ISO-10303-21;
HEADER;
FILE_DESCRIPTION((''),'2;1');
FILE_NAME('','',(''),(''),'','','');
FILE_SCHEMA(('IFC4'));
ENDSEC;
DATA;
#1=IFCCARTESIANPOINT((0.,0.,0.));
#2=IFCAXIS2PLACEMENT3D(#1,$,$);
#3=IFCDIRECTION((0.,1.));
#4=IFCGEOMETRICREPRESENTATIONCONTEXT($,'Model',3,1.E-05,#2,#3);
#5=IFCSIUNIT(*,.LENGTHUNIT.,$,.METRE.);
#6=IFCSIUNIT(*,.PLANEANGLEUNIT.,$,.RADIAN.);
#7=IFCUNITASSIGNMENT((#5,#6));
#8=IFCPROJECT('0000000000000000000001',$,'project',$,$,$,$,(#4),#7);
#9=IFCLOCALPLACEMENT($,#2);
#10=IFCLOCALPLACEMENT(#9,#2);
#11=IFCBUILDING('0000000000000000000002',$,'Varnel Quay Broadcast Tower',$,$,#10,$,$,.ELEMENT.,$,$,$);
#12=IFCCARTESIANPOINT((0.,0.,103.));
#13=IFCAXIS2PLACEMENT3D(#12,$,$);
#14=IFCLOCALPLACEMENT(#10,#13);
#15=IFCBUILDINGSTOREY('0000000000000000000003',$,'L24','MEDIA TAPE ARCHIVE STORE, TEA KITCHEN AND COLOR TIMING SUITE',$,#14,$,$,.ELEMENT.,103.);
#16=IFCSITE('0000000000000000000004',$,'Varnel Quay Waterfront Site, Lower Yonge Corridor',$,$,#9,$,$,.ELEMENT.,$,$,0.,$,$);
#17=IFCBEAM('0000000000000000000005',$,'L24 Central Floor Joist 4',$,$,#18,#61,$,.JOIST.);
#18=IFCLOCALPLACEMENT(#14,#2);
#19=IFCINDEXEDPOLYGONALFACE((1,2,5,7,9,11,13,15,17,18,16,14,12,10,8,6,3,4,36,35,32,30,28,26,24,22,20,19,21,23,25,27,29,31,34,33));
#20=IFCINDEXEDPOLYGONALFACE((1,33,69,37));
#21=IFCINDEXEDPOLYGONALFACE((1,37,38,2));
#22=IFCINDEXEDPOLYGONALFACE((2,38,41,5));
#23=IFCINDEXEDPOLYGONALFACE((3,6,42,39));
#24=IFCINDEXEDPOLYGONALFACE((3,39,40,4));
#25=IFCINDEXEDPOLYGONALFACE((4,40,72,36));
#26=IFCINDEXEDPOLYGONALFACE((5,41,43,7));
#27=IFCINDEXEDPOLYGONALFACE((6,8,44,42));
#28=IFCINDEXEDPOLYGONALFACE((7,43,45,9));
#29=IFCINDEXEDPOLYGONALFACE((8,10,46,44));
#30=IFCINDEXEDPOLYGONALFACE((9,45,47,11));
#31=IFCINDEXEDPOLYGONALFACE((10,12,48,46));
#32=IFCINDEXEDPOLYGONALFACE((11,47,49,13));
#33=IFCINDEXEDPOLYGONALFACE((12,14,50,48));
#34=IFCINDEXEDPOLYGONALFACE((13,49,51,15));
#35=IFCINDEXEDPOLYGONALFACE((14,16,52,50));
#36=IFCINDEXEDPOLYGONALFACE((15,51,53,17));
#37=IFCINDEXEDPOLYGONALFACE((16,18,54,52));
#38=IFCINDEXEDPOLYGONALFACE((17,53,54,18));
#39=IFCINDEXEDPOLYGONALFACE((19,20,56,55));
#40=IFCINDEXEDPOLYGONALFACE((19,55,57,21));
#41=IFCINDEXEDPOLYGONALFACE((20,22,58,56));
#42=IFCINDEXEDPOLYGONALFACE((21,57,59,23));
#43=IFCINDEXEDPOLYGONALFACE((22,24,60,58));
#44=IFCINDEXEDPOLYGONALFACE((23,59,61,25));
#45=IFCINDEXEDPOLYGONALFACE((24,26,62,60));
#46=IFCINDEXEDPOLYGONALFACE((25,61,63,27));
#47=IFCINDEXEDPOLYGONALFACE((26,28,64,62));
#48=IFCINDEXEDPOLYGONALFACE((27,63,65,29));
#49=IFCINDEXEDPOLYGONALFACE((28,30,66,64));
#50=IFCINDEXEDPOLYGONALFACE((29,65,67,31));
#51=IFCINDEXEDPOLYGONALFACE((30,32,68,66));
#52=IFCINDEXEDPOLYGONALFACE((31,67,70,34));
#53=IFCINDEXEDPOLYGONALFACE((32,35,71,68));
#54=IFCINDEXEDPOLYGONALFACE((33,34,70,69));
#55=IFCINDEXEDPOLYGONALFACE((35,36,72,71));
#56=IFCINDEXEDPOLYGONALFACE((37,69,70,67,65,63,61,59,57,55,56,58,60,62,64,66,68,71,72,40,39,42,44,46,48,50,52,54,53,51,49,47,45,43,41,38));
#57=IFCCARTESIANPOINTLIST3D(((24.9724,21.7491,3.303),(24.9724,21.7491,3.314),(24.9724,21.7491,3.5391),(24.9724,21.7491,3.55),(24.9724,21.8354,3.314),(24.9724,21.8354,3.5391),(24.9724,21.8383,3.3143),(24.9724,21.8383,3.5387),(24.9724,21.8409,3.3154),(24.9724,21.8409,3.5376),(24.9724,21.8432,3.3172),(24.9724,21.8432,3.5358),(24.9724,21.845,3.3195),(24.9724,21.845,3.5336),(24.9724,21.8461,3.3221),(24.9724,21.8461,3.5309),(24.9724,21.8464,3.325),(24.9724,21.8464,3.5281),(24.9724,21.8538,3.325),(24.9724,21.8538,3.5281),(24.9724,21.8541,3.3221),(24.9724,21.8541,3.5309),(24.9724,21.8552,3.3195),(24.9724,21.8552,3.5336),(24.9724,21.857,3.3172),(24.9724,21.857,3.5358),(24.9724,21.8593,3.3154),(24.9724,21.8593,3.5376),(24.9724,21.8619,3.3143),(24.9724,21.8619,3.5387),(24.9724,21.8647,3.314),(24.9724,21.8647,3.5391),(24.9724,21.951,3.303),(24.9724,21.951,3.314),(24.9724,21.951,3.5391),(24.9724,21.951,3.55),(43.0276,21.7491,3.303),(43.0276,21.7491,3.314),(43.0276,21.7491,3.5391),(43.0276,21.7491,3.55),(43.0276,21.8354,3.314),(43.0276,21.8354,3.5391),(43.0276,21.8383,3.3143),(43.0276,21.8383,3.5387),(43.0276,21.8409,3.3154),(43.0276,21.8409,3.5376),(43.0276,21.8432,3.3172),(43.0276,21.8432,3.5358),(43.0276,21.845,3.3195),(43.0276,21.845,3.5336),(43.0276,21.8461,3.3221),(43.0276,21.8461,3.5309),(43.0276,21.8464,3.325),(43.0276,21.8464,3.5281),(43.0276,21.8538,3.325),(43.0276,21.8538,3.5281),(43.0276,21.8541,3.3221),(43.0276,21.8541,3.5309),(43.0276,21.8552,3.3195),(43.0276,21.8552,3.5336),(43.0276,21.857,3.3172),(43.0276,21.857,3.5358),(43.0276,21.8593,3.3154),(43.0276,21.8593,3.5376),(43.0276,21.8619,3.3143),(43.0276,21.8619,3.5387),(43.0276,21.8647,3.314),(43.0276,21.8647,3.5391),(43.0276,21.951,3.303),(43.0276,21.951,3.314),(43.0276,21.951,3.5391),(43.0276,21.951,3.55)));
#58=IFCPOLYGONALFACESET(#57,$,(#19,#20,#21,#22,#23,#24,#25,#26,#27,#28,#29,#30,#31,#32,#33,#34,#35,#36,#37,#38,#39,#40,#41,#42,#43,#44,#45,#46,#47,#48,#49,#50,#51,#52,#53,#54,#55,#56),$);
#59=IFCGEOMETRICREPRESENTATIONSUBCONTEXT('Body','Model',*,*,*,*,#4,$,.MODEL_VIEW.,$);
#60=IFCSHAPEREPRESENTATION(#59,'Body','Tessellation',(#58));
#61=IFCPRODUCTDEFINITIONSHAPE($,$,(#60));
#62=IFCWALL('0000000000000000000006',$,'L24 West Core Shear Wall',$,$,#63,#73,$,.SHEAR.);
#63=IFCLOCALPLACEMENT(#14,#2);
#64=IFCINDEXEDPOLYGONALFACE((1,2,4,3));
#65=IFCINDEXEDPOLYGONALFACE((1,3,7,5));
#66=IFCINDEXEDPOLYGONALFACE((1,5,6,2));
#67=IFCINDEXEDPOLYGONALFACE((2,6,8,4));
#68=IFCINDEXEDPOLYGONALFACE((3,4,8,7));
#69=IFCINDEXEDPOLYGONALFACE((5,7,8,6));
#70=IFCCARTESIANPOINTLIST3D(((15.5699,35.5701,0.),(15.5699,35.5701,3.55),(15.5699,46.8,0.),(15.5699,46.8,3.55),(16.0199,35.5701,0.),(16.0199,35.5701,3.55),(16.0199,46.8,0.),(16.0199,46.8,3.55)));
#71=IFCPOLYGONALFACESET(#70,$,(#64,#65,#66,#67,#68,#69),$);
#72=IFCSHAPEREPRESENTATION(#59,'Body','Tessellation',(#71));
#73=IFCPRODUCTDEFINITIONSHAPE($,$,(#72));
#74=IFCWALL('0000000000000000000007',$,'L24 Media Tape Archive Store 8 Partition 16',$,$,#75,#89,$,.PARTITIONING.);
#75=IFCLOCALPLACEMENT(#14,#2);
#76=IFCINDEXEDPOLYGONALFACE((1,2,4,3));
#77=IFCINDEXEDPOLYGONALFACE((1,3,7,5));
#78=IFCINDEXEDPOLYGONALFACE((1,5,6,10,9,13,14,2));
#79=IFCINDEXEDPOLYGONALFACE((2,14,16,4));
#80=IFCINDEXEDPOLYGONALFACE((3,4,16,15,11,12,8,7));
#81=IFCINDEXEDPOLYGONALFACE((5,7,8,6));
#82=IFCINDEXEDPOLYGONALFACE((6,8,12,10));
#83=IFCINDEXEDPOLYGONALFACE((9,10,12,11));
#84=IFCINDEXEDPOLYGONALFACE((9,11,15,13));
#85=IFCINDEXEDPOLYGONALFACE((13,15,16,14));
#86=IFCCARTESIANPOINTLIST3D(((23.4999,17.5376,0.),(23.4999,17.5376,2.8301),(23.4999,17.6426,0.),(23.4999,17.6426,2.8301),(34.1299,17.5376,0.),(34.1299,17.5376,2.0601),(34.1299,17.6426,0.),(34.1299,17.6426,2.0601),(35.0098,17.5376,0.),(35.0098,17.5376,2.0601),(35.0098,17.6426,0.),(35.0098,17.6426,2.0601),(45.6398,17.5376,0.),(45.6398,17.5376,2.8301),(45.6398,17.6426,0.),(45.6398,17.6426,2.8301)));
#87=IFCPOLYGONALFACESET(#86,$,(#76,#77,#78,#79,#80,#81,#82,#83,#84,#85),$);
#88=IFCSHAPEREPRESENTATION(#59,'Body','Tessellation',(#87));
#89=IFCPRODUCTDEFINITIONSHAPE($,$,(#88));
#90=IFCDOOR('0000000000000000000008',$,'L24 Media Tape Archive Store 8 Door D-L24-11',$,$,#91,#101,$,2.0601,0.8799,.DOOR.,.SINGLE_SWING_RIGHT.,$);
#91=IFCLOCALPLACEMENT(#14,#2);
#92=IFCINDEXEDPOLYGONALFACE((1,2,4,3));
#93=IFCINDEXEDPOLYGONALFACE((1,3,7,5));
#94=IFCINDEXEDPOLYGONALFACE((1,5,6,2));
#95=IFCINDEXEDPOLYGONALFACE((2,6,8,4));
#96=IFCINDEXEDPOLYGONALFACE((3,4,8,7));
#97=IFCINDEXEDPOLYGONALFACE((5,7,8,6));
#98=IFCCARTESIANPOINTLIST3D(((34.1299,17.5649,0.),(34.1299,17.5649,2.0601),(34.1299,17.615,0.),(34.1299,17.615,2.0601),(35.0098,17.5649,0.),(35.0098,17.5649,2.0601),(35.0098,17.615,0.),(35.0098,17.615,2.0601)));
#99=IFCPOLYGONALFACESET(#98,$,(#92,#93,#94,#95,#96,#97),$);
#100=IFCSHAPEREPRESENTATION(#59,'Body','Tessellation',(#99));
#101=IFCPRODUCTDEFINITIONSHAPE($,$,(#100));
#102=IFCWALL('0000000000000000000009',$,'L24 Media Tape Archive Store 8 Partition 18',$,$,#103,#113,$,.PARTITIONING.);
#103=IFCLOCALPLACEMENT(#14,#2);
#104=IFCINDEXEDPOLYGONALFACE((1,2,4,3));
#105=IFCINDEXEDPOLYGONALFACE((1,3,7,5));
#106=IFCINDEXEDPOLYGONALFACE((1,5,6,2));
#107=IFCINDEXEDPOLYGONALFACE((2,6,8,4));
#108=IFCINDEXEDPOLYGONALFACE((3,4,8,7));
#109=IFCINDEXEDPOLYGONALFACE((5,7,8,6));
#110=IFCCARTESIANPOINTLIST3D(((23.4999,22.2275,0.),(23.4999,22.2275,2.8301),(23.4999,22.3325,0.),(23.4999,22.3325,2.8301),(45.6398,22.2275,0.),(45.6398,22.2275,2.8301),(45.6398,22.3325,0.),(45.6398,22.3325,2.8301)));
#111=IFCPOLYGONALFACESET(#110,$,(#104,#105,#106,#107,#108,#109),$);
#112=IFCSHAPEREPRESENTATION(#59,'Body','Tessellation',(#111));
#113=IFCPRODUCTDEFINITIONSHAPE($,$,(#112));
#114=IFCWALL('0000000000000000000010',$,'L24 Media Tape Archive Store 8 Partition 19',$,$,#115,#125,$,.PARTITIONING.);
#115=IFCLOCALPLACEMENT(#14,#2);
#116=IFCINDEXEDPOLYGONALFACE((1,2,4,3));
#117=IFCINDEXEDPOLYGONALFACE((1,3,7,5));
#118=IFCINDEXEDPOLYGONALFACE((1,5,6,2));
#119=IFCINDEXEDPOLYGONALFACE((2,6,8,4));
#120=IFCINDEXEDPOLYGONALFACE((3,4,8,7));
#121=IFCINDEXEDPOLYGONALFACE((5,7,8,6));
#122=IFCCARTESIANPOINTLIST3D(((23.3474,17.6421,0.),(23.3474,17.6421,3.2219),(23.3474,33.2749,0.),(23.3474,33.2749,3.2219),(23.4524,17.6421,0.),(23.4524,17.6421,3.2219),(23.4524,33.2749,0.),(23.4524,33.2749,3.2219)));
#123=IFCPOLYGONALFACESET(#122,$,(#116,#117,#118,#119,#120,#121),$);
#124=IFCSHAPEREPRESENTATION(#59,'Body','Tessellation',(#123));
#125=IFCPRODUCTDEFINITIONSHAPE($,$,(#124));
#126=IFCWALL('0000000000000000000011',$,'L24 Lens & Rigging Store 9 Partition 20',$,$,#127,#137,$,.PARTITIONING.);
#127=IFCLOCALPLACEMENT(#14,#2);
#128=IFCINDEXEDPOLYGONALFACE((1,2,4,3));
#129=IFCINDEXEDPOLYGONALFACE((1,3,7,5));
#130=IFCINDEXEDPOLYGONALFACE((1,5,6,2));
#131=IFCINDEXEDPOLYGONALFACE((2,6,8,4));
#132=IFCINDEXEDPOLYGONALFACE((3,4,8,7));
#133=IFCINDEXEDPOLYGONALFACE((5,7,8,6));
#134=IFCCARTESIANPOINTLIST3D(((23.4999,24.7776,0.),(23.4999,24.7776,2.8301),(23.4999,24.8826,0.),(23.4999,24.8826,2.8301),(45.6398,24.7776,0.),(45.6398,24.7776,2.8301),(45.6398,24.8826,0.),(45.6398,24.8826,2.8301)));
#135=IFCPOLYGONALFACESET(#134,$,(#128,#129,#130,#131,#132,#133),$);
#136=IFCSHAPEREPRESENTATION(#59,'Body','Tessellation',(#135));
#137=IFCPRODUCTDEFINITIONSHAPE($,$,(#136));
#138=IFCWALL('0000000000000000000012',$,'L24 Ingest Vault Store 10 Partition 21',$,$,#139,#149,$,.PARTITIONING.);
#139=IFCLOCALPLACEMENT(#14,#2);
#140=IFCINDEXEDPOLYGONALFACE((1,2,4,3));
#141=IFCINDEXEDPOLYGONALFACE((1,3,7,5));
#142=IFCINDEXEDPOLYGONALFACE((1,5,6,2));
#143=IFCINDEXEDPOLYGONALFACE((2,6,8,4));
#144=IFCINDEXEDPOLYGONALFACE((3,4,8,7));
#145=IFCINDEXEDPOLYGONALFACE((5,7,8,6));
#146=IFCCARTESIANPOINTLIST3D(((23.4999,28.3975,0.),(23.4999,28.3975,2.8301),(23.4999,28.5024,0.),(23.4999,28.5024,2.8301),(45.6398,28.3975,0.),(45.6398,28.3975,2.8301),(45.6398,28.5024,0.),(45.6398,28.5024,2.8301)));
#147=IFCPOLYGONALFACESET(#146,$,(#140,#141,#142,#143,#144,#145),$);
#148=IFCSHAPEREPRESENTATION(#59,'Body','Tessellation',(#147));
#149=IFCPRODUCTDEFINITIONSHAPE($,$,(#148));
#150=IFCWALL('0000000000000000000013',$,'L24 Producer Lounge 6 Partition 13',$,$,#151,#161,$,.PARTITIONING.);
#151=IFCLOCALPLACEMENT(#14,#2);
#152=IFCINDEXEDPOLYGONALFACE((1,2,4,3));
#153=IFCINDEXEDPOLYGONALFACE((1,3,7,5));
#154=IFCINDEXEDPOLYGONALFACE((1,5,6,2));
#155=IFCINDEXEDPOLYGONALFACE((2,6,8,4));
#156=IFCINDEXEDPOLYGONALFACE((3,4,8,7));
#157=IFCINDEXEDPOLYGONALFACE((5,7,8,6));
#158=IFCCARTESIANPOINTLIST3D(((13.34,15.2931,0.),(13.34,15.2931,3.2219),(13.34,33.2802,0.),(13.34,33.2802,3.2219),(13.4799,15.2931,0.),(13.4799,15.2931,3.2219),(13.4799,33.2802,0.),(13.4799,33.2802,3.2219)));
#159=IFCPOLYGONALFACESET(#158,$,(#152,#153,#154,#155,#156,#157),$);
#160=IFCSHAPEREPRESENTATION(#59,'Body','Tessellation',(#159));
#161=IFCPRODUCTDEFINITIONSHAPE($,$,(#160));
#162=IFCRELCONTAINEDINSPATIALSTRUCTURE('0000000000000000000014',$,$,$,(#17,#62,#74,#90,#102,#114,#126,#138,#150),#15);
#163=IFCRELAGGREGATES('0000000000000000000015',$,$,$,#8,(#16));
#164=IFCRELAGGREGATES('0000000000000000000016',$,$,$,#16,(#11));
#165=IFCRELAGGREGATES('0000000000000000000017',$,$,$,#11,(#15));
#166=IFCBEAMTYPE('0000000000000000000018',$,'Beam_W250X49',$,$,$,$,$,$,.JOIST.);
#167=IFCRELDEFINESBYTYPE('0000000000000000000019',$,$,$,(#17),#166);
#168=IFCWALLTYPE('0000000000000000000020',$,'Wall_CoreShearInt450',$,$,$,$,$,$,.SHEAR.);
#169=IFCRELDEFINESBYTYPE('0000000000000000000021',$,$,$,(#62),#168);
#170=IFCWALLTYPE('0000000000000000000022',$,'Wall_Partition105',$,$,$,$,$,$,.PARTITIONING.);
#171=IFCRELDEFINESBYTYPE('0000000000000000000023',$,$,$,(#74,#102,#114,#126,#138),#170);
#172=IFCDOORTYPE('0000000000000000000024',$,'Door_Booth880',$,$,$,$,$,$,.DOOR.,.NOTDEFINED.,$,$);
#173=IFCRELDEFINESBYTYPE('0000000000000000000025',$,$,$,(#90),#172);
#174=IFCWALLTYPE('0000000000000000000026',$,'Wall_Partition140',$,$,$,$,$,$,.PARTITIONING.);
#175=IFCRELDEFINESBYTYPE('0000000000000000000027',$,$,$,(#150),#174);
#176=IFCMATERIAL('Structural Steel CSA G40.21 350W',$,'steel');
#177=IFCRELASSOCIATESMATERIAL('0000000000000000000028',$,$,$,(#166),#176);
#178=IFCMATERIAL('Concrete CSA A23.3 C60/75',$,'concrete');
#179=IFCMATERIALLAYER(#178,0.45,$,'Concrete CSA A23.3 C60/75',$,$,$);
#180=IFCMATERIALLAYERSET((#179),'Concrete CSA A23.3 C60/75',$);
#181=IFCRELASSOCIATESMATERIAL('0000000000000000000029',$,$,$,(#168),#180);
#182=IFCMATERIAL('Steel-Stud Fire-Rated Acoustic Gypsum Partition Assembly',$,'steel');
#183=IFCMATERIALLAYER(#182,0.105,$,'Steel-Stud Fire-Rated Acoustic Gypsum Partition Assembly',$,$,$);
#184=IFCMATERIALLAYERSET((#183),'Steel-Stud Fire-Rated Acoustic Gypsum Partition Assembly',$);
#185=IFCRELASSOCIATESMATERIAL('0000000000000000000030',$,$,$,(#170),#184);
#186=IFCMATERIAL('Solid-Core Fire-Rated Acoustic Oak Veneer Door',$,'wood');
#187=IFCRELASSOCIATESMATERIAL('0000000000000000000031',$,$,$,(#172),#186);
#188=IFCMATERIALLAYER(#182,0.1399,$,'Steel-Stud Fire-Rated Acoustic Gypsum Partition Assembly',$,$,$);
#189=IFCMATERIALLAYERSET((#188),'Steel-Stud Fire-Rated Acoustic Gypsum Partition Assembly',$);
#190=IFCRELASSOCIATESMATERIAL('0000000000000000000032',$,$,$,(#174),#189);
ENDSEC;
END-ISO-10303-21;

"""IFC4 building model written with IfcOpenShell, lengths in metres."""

from ifc_helpers import new_model, si_unit, direction, frame, frame_2d, origin, origin_2d, place, context, subcontext, project, spatial, rectangle, i_section, extrude, source, transform, mapped, material, layer, layer_set, material_profile, profile_set, type_object, type_shapes, element, fill, save


model = new_model("IFC4")

# Units and contexts
model_context = context("Model", 3, precision=1e-05, world=origin(), true_north=direction((0.0, 1.0)))
body_context = subcontext(model_context, "Body", "Model", "MODEL_VIEW")
ifc_project = project(units=[si_unit("LENGTHUNIT", "METRE"), si_unit("PLANEANGLEUNIT", "RADIAN")], contexts=[model_context])

# Site, building, storey
site_placement = place(None, origin())
site = spatial("IfcSite", under=ifc_project, at=site_placement, Name="Varnel Quay Waterfront Site, Lower Yonge Corridor", CompositionType="ELEMENT", RefElevation=0.0)
building_placement = place(site_placement, origin())
building = spatial("IfcBuilding", under=site, at=building_placement, Name="Varnel Quay Broadcast Tower", CompositionType="ELEMENT")
storey_placement = place(building_placement, frame((0.0, 0.0, 103.0)))
storey = spatial("IfcBuildingStorey", under=building, at=storey_placement, Name="L24", Description="MEDIA TAPE ARCHIVE STORE, TEA KITCHEN AND COLOR TIMING SUITE", CompositionType="ELEMENT", Elevation=103.0)

# Beam
ifc_material_1 = material(Name="Structural Steel CSA G40.21 350W", Category="steel")
ifc_material_profile_1 = material_profile(ifc_material_1, i_section(OverallWidth=0.2019, OverallDepth=0.2471, WebThickness=0.0073, FlangeThickness=0.011, FilletRadius=0.011, at=origin_2d()), Name="W250X49")
ifc_profile_set_1 = profile_set([ifc_material_profile_1], Name="Structural Steel CSA G40.21 350W")
beam_type_1 = type_object("IfcBeamType", Name="Beam_W250X49", PredefinedType="JOIST", material=ifc_profile_set_1)
shared_shape_1 = source(origin(), body_context, "Body", "SweptSolid", [
    extrude(i_section(OverallWidth=0.2019, OverallDepth=0.2471, WebThickness=0.0073, FlangeThickness=0.011, FilletRadius=0.011, at=origin_2d()), origin(), (0.0, 0.0, 1.0), 18.0552),
])
beam_1_placement = place(storey_placement, frame((24.9724, 21.8501, 3.4265), z_axis=(1.0, 0.0, 0.0), x_axis=(0.0, 1.0, 0.0)))
element("IfcBeam", 1, at=beam_1_placement, inside=storey, type_object=beam_type_1, Name="L24 Central Floor Joist 4", PredefinedType="JOIST", context=body_context, shape_type="MappedRepresentation", body=[
    mapped(shared_shape_1, transform((0.0, 0.0, 0.0), x_axis=(1.0, 0.0, 0.0), y_axis=(0.0, 1.0, 0.0), z_axis=(0.0, 0.0, 1.0), scale=1.0)),
])

# Wall
ifc_material_2 = material(Name="Concrete CSA A23.3 C60/75", Category="concrete")
ifc_layer_1 = layer(ifc_material_2, 0.45, Name="Concrete CSA A23.3 C60/75")
ifc_layer_set_1 = layer_set([ifc_layer_1], Name="Concrete CSA A23.3 C60/75")
wall_type_1 = type_object("IfcWallType", Name="Wall_CoreShearInt450", PredefinedType="SHEAR", material=ifc_layer_set_1)
wall_1_placement = place(storey_placement, frame((15.7949, 35.5701, 0.0), z_axis=(0.0, 0.0, 1.0), x_axis=(0.0, 1.0, 0.0)))
element("IfcWall", 2, at=wall_1_placement, inside=storey, type_object=wall_type_1, Name="L24 West Core Shear Wall", PredefinedType="SHEAR", context=body_context, shape_type="SweptSolid", body=[
    extrude(rectangle(XDim=11.23, YDim=0.45, at=frame_2d((5.615, 0.0))), origin(), (0.0, 0.0, 1.0), 3.55),
])

# Wall, opening, door
ifc_material_3 = material(Name="Steel-Stud Fire-Rated Acoustic Gypsum Partition Assembly", Category="steel")
ifc_layer_2 = layer(ifc_material_3, 0.105, Name="Steel-Stud Fire-Rated Acoustic Gypsum Partition Assembly")
ifc_layer_set_2 = layer_set([ifc_layer_2], Name="Steel-Stud Fire-Rated Acoustic Gypsum Partition Assembly")
wall_type_2 = type_object("IfcWallType", Name="Wall_Partition105", PredefinedType="PARTITIONING", material=ifc_layer_set_2)
wall_2_placement = place(storey_placement, frame((23.5, 17.5901, 0.0), z_axis=(0.0, 0.0, 1.0), x_axis=(1.0, 0.0, 0.0)))
wall_2 = element("IfcWall", 3, at=wall_2_placement, inside=storey, type_object=wall_type_2, Name="L24 Media Tape Archive Store 8 Partition 16", PredefinedType="PARTITIONING", context=body_context, shape_type="SweptSolid", body=[
    extrude(rectangle(XDim=22.1399, YDim=0.105, at=frame_2d((11.0698, 0.0))), origin(), (0.0, 0.0, 1.0), 2.8301),
])
opening_1_placement = place(wall_2_placement, frame((10.6299, 0.0, 0.0)))
opening_1 = element("IfcOpeningElement", 4, at=opening_1_placement, cuts=wall_2, PredefinedType="OPENING", context=body_context, shape_type="SweptSolid", body=[
    extrude(rectangle(XDim=0.8799, YDim=2.0601, at=frame_2d((0.4399, 1.03))), frame((0.0, 0.0625, 0.0), z_axis=(0.0, -1.0, 0.0), x_axis=(1.0, 0.0, 0.0)), (0.0, 0.0, 1.0), 0.125),
])
ifc_material_4 = material(Name="Solid-Core Fire-Rated Acoustic Oak Veneer Door", Category="wood")
door_type_1 = type_object("IfcDoorType", Name="Door_Booth880", OperationType="NOTDEFINED", PredefinedType="DOOR", material=ifc_material_4)
shared_shape_2 = source(origin(), body_context, "Body", "SweptSolid", [
    extrude(rectangle(XDim=0.8799, YDim=2.0601, at=frame_2d((0.4399, 1.03))), frame((0.0, 0.0249, 0.0), z_axis=(0.0, -1.0, 0.0), x_axis=(1.0, 0.0, 0.0)), (0.0, 0.0, 1.0), 0.05),
])
type_shapes(door_type_1, [shared_shape_2])
door_1_placement = place(opening_1_placement, origin())
door_1 = element("IfcDoor", 5, at=door_1_placement, inside=storey, type_object=door_type_1, Name="L24 Media Tape Archive Store 8 Door D-L24-11", OperationType="SINGLE_SWING_RIGHT", OverallHeight=2.0601, OverallWidth=0.8799, PredefinedType="DOOR", context=body_context, shape_type="MappedRepresentation", body=[
    mapped(shared_shape_2, transform((0.0, 0.0, 0.0), x_axis=(1.0, 0.0, 0.0), y_axis=(0.0, 1.0, 0.0), z_axis=(0.0, 0.0, 1.0), scale=1.0)),
])
fill(opening_1, door_1)

# Walls
wall_3_placement = place(storey_placement, frame((23.5, 22.28, 0.0), z_axis=(0.0, 0.0, 1.0), x_axis=(1.0, 0.0, 0.0)))
element("IfcWall", 6, at=wall_3_placement, inside=storey, type_object=wall_type_2, Name="L24 Media Tape Archive Store 8 Partition 18", PredefinedType="PARTITIONING", context=body_context, shape_type="SweptSolid", body=[
    extrude(rectangle(XDim=22.1399, YDim=0.105, at=frame_2d((11.0698, 0.0))), origin(), (0.0, 0.0, 1.0), 2.8301),
])
wall_4_placement = place(storey_placement, frame((23.3999, 17.6421, 0.0), z_axis=(0.0, 0.0, 1.0), x_axis=(0.0, 1.0, 0.0)))
element("IfcWall", 7, at=wall_4_placement, inside=storey, type_object=wall_type_2, Name="L24 Media Tape Archive Store 8 Partition 19", PredefinedType="PARTITIONING", context=body_context, shape_type="SweptSolid", body=[
    extrude(rectangle(XDim=15.6328, YDim=0.105, at=frame_2d((7.8164, 0.0))), origin(), (0.0, 0.0, 1.0), 3.2219),
])
for number, where, z_axis, x_axis, name in (
    (8, (23.5, 24.8301, 0.0), (0.0, 0.0, 1.0), (1.0, 0.0, 0.0), "L24 Lens & Rigging Store 9 Partition 20"),
    (9, (23.5, 28.45, 0.0), (0.0, 0.0, 1.0), (1.0, 0.0, 0.0), "L24 Ingest Vault Store 10 Partition 21"),
):
    element("IfcWall", number, at=place(storey_placement, frame(where, z_axis=z_axis, x_axis=x_axis)), inside=storey, type_object=wall_type_2, Name=name, PredefinedType="PARTITIONING", context=body_context, shape_type="SweptSolid", body=[
        extrude(rectangle(XDim=22.1399, YDim=0.105, at=frame_2d((11.0698, 0.0))), origin(), (0.0, 0.0, 1.0), 2.8301),
    ])
ifc_layer_3 = layer(ifc_material_3, 0.1399, Name="Steel-Stud Fire-Rated Acoustic Gypsum Partition Assembly")
ifc_layer_set_3 = layer_set([ifc_layer_3], Name="Steel-Stud Fire-Rated Acoustic Gypsum Partition Assembly")
wall_type_3 = type_object("IfcWallType", Name="Wall_Partition140", PredefinedType="PARTITIONING", material=ifc_layer_set_3)
wall_5_placement = place(storey_placement, frame((13.4099, 15.293, 0.0), z_axis=(0.0, 0.0, 1.0), x_axis=(0.0, 1.0, 0.0)))
element("IfcWall", 10, at=wall_5_placement, inside=storey, type_object=wall_type_3, Name="L24 Producer Lounge 6 Partition 13", PredefinedType="PARTITIONING", context=body_context, shape_type="SweptSolid", body=[
    extrude(rectangle(XDim=17.9871, YDim=0.1399, at=frame_2d((8.9937, 0.0))), origin(), (0.0, 0.0, 1.0), 3.2219),
])

save(model, "model.ifc")
